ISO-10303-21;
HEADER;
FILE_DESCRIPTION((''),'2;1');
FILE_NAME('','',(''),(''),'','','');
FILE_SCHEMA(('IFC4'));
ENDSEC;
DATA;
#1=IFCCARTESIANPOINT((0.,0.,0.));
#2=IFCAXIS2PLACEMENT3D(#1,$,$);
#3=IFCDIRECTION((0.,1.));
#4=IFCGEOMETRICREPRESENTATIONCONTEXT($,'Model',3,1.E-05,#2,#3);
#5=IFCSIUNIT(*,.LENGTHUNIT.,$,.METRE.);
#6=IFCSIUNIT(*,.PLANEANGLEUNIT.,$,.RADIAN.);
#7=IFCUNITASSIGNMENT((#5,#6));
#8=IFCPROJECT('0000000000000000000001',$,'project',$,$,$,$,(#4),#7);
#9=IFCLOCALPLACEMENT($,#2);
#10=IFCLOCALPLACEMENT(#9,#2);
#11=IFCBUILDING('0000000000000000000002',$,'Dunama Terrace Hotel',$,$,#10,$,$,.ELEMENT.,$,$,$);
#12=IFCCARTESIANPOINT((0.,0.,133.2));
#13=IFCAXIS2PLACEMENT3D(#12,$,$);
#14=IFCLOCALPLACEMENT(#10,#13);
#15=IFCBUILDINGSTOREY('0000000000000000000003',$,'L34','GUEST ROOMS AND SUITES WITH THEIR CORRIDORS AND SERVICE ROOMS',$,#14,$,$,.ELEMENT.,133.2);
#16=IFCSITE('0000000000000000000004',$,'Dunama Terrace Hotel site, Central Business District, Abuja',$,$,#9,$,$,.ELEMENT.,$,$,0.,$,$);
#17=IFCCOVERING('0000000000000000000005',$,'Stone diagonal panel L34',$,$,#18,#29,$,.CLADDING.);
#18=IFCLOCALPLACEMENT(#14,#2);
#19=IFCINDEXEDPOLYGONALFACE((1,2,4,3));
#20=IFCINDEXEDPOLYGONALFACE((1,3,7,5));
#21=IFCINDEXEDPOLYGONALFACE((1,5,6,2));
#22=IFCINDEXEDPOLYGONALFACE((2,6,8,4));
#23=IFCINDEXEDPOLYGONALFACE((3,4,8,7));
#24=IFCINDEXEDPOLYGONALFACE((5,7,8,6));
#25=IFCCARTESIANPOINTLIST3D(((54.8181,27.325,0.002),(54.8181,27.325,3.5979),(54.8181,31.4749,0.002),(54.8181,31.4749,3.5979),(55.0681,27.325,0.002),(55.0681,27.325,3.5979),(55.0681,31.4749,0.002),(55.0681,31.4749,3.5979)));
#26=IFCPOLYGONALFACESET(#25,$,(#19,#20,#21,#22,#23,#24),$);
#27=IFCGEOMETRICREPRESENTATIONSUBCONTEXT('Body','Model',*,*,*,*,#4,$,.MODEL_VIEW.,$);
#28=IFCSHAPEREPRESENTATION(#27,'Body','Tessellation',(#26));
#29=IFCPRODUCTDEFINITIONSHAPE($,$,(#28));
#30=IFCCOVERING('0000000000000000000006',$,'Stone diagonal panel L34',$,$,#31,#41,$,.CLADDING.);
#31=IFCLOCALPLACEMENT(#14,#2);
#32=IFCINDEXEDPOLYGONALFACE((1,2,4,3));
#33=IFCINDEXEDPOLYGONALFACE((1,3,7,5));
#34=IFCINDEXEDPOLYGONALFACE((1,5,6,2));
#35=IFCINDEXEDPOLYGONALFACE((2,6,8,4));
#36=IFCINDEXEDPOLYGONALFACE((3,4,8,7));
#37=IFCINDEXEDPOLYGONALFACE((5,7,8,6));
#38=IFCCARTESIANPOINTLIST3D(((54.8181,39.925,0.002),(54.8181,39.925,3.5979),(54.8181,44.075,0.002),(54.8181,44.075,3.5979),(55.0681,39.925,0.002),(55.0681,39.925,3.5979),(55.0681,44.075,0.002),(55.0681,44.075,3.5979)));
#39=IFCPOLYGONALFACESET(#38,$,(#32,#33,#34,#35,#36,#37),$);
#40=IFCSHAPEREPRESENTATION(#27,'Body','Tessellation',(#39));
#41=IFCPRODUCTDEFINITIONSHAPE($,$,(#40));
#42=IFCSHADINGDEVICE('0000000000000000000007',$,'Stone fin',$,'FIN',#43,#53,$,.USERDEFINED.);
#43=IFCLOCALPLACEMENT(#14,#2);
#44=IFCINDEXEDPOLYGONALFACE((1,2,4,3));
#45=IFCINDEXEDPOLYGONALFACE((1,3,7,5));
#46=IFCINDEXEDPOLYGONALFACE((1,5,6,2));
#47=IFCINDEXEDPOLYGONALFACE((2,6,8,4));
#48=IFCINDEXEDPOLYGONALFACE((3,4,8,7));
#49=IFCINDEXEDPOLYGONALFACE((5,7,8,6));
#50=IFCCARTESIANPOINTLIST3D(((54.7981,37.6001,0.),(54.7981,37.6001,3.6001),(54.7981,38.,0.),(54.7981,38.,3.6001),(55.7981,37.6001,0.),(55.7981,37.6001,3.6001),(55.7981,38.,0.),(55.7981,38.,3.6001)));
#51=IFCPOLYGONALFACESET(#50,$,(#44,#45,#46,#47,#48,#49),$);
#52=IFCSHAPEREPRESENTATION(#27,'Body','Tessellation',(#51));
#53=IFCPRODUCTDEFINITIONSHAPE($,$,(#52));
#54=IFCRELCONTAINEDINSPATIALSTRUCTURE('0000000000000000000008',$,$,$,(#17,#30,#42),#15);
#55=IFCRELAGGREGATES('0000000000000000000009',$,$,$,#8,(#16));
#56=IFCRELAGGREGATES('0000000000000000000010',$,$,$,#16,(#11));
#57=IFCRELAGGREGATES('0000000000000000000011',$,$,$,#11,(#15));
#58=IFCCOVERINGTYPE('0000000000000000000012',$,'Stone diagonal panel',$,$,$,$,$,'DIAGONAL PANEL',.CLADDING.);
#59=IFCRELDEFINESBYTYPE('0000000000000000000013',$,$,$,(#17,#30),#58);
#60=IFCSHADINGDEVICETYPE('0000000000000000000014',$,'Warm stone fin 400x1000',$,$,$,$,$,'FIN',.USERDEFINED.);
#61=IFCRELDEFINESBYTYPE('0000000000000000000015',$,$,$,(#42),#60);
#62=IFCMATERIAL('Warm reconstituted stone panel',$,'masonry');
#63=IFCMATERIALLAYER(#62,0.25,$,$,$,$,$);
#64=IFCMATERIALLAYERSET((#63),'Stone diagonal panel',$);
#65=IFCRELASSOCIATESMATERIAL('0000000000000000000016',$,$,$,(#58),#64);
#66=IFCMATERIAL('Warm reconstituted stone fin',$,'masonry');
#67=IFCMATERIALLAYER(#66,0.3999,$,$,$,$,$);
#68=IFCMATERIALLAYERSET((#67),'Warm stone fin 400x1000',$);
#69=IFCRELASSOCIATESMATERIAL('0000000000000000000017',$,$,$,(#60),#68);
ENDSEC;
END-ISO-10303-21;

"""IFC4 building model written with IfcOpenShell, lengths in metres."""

from ifc_helpers import new_model, si_unit, direction, frame, origin, origin_2d, place, context, subcontext, project, spatial, rectangle, extrude, material, layer, layer_set, type_object, element, save


model = new_model("IFC4")

# Units and contexts
model_context = context("Model", 3, precision=1e-05, world=origin(), true_north=direction((0.0, 1.0)))
body_context = subcontext(model_context, "Body", "Model", "MODEL_VIEW")
ifc_project = project(units=[si_unit("LENGTHUNIT", "METRE"), si_unit("PLANEANGLEUNIT", "RADIAN")], contexts=[model_context])

# Site, building, storey
site_placement = place(None, origin())
site = spatial("IfcSite", under=ifc_project, at=site_placement, Name="Dunama Terrace Hotel site, Central Business District, Abuja", CompositionType="ELEMENT", RefElevation=0.0)
building_placement = place(site_placement, origin())
building = spatial("IfcBuilding", under=site, at=building_placement, Name="Dunama Terrace Hotel", CompositionType="ELEMENT")
storey_placement = place(building_placement, frame((0.0, 0.0, 133.2)))
storey = spatial("IfcBuildingStorey", under=building, at=storey_placement, Name="L34", Description="GUEST ROOMS AND SUITES WITH THEIR CORRIDORS AND SERVICE ROOMS", CompositionType="ELEMENT", Elevation=133.2)

# Coverings
ifc_material_1 = material(Name="Warm reconstituted stone panel", Category="masonry")
ifc_layer_1 = layer(ifc_material_1, 0.25)
ifc_layer_set_1 = layer_set([ifc_layer_1], Name="Stone diagonal panel")
covering_type = type_object("IfcCoveringType", Name="Stone diagonal panel", ElementType="DIAGONAL PANEL", PredefinedType="CLADDING", material=ifc_layer_set_1)
for number, where, z_axis, x_axis, name in (
    (1, (54.9431, 29.3999, 0.002), (0.0, 0.0, 1.0), (0.0, 1.0, 0.0), "Stone diagonal panel L34"),
    (2, (54.9431, 42.0, 0.002), (0.0, 0.0, 1.0), (0.0, 1.0, 0.0), "Stone diagonal panel L34"),
):
    element("IfcCovering", number, at=place(storey_placement, frame(where, z_axis=z_axis, x_axis=x_axis)), inside=storey, type_object=covering_type, Name=name, PredefinedType="CLADDING", context=body_context, shape_type="SweptSolid", body=[
        extrude(rectangle(XDim=4.1499, YDim=0.25, at=origin_2d()), origin(), (0.0, 0.0, 1.0), 3.5959),
    ])

# Shading device
ifc_material_2 = material(Name="Warm reconstituted stone fin", Category="masonry")
ifc_layer_2 = layer(ifc_material_2, 0.3999)
ifc_layer_set_2 = layer_set([ifc_layer_2], Name="Warm stone fin 400x1000")
shading_device_type = type_object("IfcShadingDeviceType", Name="Warm stone fin 400x1000", ElementType="FIN", PredefinedType="USERDEFINED", material=ifc_layer_set_2)
shading_device_placement = place(storey_placement, frame((55.2981, 37.8, 0.0), z_axis=(0.0, 0.0, 1.0), x_axis=(0.0, 1.0, 0.0)))
element("IfcShadingDevice", 3, at=shading_device_placement, inside=storey, type_object=shading_device_type, Name="Stone fin", ObjectType="FIN", PredefinedType="USERDEFINED", context=body_context, shape_type="SweptSolid", body=[
    extrude(rectangle(XDim=0.3999, YDim=1.0, at=origin_2d()), origin(), (0.0, 0.0, 1.0), 3.6001),
])

save(model, "model.ifc")
